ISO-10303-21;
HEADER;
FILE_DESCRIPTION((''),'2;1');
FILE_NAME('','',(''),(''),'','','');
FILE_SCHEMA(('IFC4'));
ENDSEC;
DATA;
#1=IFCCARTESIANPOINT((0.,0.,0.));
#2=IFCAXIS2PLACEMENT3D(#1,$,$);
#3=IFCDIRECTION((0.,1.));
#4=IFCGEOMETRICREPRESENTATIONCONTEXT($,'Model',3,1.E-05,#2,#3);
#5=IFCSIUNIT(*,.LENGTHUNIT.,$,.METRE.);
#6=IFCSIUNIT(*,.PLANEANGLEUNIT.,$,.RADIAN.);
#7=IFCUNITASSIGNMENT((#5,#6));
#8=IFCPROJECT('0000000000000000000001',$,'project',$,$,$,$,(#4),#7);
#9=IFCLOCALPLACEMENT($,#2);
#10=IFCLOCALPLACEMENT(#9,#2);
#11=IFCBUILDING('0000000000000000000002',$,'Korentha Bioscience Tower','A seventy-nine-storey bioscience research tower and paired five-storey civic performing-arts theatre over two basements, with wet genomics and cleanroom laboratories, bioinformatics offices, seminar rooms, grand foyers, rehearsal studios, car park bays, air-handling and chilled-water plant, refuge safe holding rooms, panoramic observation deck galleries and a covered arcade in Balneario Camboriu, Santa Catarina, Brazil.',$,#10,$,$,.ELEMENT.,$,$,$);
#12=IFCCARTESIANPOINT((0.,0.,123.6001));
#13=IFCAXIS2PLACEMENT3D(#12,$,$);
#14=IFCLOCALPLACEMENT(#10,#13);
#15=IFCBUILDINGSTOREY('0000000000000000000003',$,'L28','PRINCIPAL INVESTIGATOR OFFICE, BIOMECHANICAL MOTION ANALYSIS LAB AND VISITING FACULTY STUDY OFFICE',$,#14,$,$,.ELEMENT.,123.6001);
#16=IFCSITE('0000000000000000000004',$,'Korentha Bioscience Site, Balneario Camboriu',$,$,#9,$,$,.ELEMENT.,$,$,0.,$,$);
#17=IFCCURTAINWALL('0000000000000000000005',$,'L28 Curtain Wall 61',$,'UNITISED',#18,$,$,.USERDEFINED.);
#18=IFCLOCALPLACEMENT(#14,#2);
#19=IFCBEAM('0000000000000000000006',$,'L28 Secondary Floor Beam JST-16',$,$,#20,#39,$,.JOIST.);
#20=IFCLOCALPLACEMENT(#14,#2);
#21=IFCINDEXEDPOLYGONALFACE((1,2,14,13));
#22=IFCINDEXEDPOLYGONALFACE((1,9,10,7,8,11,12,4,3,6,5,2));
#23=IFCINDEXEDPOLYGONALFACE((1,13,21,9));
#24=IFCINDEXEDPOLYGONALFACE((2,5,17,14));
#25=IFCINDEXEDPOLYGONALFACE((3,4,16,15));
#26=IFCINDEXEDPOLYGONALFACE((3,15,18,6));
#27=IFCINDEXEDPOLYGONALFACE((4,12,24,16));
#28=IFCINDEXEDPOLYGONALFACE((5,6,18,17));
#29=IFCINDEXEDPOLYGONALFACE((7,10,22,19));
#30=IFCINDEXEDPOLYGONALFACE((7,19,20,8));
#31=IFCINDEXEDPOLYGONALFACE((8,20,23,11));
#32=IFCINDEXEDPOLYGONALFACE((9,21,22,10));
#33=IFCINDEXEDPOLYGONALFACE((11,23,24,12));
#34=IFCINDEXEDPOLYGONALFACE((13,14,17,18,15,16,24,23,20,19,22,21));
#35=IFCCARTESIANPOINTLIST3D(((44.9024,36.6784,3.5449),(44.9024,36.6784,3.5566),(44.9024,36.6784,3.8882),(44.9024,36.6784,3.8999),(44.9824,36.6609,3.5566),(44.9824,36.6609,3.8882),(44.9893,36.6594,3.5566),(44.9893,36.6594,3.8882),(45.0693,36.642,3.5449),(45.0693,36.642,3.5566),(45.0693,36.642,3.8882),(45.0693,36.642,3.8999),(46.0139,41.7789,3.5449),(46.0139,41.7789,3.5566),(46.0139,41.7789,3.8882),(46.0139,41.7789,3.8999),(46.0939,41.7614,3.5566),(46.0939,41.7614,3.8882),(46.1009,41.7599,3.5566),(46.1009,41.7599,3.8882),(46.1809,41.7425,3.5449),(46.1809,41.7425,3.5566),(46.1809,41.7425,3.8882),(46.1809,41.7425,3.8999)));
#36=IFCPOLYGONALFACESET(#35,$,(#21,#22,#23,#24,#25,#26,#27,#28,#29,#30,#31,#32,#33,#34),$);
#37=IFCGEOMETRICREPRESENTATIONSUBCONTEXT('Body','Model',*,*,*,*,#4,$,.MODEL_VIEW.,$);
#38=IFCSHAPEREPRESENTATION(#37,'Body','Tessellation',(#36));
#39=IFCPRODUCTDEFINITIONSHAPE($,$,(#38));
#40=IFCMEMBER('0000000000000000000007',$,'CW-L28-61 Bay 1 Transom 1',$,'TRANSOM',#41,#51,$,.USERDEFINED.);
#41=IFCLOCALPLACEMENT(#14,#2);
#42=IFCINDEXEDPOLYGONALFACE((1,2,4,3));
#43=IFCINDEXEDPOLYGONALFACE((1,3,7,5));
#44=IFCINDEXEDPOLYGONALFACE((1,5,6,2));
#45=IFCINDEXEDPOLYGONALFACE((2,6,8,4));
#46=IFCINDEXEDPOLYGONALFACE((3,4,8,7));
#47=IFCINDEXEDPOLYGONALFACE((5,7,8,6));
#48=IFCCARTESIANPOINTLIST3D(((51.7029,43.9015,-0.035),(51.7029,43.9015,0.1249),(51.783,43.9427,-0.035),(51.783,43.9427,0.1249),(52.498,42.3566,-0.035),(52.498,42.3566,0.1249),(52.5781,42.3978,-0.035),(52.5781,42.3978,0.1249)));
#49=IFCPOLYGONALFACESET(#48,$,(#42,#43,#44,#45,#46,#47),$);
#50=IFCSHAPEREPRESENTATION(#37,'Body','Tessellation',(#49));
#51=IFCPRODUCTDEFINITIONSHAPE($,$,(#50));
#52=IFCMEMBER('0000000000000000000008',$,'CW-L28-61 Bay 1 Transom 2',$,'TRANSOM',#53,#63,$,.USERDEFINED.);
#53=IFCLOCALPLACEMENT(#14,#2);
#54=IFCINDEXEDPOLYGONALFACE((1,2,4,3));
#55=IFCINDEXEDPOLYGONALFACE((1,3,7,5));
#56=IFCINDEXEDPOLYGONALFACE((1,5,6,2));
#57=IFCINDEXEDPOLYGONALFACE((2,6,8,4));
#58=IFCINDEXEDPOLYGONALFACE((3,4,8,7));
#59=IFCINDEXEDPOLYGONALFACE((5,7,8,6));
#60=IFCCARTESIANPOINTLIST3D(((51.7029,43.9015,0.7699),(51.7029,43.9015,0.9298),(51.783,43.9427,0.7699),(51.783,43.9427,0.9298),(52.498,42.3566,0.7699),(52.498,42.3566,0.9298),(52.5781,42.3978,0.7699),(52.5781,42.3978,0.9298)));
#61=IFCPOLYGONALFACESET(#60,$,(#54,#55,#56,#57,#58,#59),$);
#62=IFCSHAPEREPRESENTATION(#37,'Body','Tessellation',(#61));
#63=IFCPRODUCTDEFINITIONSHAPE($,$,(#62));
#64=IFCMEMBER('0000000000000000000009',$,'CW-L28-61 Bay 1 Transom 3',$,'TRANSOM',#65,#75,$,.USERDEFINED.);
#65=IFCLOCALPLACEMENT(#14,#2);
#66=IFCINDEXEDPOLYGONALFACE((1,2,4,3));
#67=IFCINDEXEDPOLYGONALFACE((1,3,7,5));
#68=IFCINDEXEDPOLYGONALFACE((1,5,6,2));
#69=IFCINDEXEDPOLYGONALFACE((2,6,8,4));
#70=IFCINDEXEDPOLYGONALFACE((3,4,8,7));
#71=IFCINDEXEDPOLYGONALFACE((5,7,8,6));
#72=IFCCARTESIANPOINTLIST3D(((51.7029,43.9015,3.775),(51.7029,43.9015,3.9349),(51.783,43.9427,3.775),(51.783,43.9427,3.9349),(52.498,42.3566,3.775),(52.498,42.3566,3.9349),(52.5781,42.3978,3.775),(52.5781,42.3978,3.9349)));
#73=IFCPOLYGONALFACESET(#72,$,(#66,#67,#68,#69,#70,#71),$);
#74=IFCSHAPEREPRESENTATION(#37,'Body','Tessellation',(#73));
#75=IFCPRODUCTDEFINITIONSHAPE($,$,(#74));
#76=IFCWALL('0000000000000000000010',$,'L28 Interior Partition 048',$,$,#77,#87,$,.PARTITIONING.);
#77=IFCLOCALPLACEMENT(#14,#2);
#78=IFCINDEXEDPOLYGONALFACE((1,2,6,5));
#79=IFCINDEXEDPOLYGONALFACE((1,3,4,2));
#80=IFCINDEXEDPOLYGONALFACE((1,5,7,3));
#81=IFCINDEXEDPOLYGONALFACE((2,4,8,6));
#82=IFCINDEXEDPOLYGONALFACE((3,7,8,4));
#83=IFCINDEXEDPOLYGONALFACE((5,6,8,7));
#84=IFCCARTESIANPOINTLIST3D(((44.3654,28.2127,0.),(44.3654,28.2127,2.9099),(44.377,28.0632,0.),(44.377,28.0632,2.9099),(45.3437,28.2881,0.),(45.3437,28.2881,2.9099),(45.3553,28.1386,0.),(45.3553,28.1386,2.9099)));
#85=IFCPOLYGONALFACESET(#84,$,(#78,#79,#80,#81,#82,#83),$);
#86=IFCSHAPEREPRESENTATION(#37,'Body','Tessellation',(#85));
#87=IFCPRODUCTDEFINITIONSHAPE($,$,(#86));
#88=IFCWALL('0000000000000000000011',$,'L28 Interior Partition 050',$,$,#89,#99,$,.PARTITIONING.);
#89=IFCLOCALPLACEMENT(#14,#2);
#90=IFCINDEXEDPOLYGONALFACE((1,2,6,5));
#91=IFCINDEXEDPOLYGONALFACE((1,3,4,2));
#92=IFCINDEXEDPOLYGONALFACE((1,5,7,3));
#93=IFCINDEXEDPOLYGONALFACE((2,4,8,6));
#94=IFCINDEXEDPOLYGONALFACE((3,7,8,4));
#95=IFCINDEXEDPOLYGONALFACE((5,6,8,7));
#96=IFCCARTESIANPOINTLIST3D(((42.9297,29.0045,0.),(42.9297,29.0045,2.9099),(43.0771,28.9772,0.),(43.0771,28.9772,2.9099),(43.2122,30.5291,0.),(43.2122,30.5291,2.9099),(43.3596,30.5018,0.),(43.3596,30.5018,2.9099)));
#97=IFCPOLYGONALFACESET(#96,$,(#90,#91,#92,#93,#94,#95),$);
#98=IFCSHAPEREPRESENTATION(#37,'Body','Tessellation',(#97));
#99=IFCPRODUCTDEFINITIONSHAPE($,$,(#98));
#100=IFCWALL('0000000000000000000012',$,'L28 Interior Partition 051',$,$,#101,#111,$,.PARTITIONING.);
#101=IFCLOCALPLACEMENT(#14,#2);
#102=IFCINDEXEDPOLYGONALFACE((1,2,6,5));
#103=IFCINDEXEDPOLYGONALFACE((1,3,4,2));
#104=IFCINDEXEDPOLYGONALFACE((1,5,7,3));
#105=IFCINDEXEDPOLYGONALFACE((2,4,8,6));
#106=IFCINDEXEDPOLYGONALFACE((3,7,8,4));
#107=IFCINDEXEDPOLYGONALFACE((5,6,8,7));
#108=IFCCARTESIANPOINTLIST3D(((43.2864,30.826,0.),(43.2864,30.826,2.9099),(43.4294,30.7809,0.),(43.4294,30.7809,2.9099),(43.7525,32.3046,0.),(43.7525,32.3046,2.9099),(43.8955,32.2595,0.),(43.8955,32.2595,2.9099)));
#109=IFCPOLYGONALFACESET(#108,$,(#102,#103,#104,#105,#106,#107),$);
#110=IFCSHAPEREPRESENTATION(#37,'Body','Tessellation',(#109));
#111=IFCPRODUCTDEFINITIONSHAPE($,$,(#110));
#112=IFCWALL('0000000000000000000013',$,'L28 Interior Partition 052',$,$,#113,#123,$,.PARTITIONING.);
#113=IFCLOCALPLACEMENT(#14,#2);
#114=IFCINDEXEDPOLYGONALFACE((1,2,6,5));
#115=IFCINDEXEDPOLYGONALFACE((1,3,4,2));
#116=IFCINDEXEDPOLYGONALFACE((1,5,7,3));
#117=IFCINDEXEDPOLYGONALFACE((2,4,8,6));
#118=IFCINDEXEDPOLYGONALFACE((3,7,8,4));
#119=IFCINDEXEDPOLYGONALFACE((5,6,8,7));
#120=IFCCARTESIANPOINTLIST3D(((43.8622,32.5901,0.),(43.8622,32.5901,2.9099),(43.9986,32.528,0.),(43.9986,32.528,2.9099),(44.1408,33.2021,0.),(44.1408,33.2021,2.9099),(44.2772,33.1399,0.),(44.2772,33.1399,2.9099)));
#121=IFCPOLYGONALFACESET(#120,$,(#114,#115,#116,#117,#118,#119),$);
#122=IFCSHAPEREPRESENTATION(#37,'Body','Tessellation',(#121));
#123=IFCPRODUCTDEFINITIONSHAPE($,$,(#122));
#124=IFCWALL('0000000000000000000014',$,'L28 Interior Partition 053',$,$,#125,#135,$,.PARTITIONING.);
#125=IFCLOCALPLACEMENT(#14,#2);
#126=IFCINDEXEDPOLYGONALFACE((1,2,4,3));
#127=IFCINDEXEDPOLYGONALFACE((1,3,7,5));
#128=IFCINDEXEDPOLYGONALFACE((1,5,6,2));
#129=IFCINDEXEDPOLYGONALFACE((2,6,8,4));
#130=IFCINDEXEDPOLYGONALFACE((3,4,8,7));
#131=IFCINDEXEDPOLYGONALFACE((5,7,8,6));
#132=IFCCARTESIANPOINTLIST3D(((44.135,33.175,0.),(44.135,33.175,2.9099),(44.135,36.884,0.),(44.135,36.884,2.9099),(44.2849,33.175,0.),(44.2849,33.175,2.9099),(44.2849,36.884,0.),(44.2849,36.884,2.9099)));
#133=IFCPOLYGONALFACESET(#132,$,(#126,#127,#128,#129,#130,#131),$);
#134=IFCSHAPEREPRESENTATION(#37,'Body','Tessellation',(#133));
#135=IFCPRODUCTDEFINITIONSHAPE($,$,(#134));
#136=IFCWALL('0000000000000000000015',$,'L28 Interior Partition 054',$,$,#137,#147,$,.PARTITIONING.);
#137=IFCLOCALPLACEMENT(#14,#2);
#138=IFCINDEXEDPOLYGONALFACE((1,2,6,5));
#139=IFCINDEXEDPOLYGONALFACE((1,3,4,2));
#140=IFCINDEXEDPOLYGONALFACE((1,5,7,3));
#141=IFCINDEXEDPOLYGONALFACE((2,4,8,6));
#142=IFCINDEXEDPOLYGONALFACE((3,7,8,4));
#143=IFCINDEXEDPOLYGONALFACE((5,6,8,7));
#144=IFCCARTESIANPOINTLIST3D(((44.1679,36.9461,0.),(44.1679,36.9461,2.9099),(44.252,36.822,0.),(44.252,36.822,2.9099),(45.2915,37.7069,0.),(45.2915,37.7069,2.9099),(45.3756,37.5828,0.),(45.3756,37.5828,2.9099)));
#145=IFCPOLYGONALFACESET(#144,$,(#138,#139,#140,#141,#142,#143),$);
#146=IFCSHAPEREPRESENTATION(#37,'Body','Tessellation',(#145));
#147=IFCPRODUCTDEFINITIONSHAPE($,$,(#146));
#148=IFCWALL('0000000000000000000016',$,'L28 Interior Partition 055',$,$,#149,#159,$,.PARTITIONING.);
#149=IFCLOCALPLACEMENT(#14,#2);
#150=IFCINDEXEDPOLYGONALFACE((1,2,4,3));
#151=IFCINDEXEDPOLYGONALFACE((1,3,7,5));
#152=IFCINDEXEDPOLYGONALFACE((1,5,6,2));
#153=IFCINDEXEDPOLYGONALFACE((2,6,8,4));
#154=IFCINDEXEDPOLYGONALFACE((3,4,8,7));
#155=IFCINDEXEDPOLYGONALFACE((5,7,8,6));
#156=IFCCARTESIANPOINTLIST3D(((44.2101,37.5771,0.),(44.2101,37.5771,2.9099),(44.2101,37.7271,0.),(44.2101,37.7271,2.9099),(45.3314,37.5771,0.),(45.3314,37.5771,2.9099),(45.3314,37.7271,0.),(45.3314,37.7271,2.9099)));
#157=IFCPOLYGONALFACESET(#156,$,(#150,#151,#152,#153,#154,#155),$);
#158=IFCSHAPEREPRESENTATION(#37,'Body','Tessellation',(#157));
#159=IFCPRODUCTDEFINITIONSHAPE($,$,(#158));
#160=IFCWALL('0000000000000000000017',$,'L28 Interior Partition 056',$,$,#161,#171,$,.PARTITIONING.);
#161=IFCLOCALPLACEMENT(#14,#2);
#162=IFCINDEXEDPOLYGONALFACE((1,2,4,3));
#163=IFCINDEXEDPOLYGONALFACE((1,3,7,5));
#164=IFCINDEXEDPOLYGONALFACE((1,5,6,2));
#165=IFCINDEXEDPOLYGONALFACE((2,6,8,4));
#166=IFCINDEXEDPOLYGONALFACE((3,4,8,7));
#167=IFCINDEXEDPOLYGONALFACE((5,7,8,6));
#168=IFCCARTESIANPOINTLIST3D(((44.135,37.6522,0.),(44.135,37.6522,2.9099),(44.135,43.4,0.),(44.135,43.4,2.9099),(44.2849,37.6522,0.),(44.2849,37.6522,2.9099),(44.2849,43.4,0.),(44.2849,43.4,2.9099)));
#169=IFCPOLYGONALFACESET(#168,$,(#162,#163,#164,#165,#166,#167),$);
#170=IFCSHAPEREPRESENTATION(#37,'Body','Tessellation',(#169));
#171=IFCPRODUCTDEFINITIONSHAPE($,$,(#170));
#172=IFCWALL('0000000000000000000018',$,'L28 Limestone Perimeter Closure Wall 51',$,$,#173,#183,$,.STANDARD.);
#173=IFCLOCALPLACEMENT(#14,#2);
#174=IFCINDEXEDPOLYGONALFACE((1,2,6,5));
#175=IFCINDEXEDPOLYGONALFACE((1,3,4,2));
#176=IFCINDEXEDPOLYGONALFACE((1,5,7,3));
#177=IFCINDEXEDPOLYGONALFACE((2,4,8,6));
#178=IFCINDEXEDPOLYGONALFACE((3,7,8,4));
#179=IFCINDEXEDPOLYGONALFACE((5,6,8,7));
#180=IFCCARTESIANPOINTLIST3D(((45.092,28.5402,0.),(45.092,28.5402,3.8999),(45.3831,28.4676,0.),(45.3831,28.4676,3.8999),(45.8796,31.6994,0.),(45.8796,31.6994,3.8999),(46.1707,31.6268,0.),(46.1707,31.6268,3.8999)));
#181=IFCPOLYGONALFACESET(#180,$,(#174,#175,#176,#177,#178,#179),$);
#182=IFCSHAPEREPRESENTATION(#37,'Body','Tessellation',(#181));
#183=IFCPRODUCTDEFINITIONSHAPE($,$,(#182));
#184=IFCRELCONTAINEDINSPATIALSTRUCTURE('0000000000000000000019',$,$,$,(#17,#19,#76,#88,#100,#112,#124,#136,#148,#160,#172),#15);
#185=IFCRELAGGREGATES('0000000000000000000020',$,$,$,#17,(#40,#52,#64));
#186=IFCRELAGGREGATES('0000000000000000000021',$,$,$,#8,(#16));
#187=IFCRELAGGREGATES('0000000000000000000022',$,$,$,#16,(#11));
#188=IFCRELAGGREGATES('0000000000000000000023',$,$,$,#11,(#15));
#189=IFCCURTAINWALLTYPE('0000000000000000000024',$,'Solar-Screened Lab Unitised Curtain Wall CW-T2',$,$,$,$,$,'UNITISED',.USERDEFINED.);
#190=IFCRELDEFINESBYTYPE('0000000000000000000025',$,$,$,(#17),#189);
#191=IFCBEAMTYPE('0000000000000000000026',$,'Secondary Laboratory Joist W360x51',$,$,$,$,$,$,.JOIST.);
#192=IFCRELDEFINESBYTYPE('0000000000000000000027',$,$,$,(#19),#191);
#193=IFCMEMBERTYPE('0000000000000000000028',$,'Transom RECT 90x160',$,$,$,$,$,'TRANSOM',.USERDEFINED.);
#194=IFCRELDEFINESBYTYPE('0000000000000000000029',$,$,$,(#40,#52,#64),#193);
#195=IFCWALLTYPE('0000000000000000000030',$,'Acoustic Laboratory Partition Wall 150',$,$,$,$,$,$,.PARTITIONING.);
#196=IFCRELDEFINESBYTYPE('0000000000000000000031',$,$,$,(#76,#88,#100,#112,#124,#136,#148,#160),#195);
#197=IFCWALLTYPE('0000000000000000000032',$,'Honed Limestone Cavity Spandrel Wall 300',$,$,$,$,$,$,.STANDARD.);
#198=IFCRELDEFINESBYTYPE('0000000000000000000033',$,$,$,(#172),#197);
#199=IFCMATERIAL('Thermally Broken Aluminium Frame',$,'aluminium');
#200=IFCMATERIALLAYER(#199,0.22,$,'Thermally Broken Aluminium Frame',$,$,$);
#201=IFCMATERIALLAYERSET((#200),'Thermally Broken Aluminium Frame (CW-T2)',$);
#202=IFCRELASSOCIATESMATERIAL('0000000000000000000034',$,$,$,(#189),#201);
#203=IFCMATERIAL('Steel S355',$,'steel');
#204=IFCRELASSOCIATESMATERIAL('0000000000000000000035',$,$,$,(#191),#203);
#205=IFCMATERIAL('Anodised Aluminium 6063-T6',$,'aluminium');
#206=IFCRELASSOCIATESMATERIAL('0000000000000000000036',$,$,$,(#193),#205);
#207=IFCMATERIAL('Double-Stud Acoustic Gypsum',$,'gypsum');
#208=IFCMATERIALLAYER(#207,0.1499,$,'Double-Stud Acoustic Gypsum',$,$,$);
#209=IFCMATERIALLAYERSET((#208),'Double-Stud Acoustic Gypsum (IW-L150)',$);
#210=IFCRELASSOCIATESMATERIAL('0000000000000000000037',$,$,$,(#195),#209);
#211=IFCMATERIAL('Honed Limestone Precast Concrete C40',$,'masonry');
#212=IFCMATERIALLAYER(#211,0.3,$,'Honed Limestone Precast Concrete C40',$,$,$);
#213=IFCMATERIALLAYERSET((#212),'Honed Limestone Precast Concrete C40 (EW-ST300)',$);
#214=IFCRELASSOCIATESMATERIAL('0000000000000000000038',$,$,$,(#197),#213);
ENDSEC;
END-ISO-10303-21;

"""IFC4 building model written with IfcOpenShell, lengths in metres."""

from ifc_helpers import new_model, si_unit, direction, frame, frame_2d, origin, origin_2d, place, context, subcontext, project, spatial, rectangle, i_section, extrude, material, layer, layer_set, material_profile, profile_set, type_object, element, aggregate, save


model = new_model("IFC4")

# Units and contexts
model_context = context("Model", 3, precision=1e-05, world=origin(), true_north=direction((0.0, 1.0)))
body_context = subcontext(model_context, "Body", "Model", "MODEL_VIEW")
ifc_project = project(units=[si_unit("LENGTHUNIT", "METRE"), si_unit("PLANEANGLEUNIT", "RADIAN")], contexts=[model_context])

# Site, building, storey
site_placement = place(None, origin())
site = spatial("IfcSite", under=ifc_project, at=site_placement, Name="Korentha Bioscience Site, Balneario Camboriu", CompositionType="ELEMENT", RefElevation=0.0)
building_placement = place(site_placement, origin())
building = spatial("IfcBuilding", under=site, at=building_placement, Name="Korentha Bioscience Tower", Description="A seventy-nine-storey bioscience research tower and paired five-storey civic performing-arts theatre over two basements, with wet genomics and cleanroom laboratories, bioinformatics offices, seminar rooms, grand foyers, rehearsal studios, car park bays, air-handling and chilled-water plant, refuge safe holding rooms, panoramic observation deck galleries and a covered arcade in Balneario Camboriu, Santa Catarina, Brazil.", CompositionType="ELEMENT")
storey_placement = place(building_placement, frame((0.0, 0.0, 123.6001)))
storey = spatial("IfcBuildingStorey", under=building, at=storey_placement, Name="L28", Description="PRINCIPAL INVESTIGATOR OFFICE, BIOMECHANICAL MOTION ANALYSIS LAB AND VISITING FACULTY STUDY OFFICE", CompositionType="ELEMENT", Elevation=123.6001)

# Shared definitions
ifc_material_1 = material(Name="Steel S355", Category="steel")

# Curtain wall
ifc_material_2 = material(Name="Thermally Broken Aluminium Frame", Category="aluminium")
ifc_layer_1 = layer(ifc_material_2, 0.22, Name="Thermally Broken Aluminium Frame")
ifc_layer_set_1 = layer_set([ifc_layer_1], Name="Thermally Broken Aluminium Frame (CW-T2)")
curtain_wall_type = type_object("IfcCurtainWallType", Name="Solar-Screened Lab Unitised Curtain Wall CW-T2", ElementType="UNITISED", PredefinedType="USERDEFINED", material=ifc_layer_set_1)
curtain_wall_placement = place(storey_placement, origin())
curtain_wall = element("IfcCurtainWall", 1, at=curtain_wall_placement, inside=storey, type_object=curtain_wall_type, Name="L28 Curtain Wall 61", ObjectType="UNITISED", PredefinedType="USERDEFINED")
ifc_material_3 = material(Name="Anodised Aluminium 6063-T6", Category="aluminium")

# Beam
ifc_material_profile_1 = material_profile(ifc_material_1, i_section(OverallWidth=0.1709, OverallDepth=0.355, WebThickness=0.0071, FlangeThickness=0.0117, at=origin_2d()), Name="Steel S355")
ifc_profile_set_1 = profile_set([ifc_material_profile_1], Name="Steel S355 (JB-360)")
beam_type_1 = type_object("IfcBeamType", Name="Secondary Laboratory Joist W360x51", PredefinedType="JOIST", material=ifc_profile_set_1)
beam_1_placement = place(storey_placement, frame((44.9858, 36.6602, 3.7224), z_axis=(0.212932, 0.977067, 0.0), x_axis=(-0.977067, 0.212932, 0.0)))
element("IfcBeam", 2, at=beam_1_placement, inside=storey, type_object=beam_type_1, Name="L28 Secondary Floor Beam JST-16", PredefinedType="JOIST", context=body_context, shape_type="SweptSolid", body=[
    extrude(i_section(OverallWidth=0.1709, OverallDepth=0.355, WebThickness=0.0071, FlangeThickness=0.0117, at=origin_2d()), origin(), (0.0, 0.0, 1.0), 5.2202),
])

# Members
ifc_material_profile_2 = material_profile(ifc_material_3, rectangle(XDim=0.0901, YDim=0.1599, at=origin_2d()), Name="Anodised Aluminium 6063-T6")
ifc_profile_set_2 = profile_set([ifc_material_profile_2], Name="Anodised Aluminium 6063-T6 (CW-TRN)")
member_type_1 = type_object("IfcMemberType", Name="Transom RECT 90x160", ElementType="TRANSOM", PredefinedType="USERDEFINED", material=ifc_profile_set_2)
member_1_placement = place(storey_placement, frame((52.5381, 42.3772, 0.0449), z_axis=(-0.457637, 0.889139, 0.0), x_axis=(-0.889139, -0.457637, 0.0)))
member_1 = element("IfcMember", 3, at=member_1_placement, type_object=member_type_1, Name="CW-L28-61 Bay 1 Transom 1", ObjectType="TRANSOM", PredefinedType="USERDEFINED", context=body_context, shape_type="SweptSolid", body=[
    extrude(rectangle(XDim=0.0901, YDim=0.1599, at=origin_2d()), origin(), (0.0, 0.0, 1.0), 1.7375),
])
member_2_placement = place(storey_placement, frame((52.5381, 42.3772, 0.8499), z_axis=(-0.457637, 0.889139, 0.0), x_axis=(-0.889139, -0.457637, 0.0)))
member_2 = element("IfcMember", 4, at=member_2_placement, type_object=member_type_1, Name="CW-L28-61 Bay 1 Transom 2", ObjectType="TRANSOM", PredefinedType="USERDEFINED", context=body_context, shape_type="SweptSolid", body=[
    extrude(rectangle(XDim=0.0901, YDim=0.1599, at=origin_2d()), origin(), (0.0, 0.0, 1.0), 1.7375),
])
member_3_placement = place(storey_placement, frame((52.5381, 42.3772, 3.855), z_axis=(-0.457637, 0.889139, 0.0), x_axis=(-0.889139, -0.457637, 0.0)))
member_3 = element("IfcMember", 5, at=member_3_placement, type_object=member_type_1, Name="CW-L28-61 Bay 1 Transom 3", ObjectType="TRANSOM", PredefinedType="USERDEFINED", context=body_context, shape_type="SweptSolid", body=[
    extrude(rectangle(XDim=0.0901, YDim=0.1599, at=origin_2d()), origin(), (0.0, 0.0, 1.0), 1.7375),
])
aggregate(curtain_wall, [member_1, member_2, member_3])

# Walls
ifc_material_4 = material(Name="Double-Stud Acoustic Gypsum", Category="gypsum")
ifc_layer_2 = layer(ifc_material_4, 0.1499, Name="Double-Stud Acoustic Gypsum")
ifc_layer_set_2 = layer_set([ifc_layer_2], Name="Double-Stud Acoustic Gypsum (IW-L150)")
wall_type_1 = type_object("IfcWallType", Name="Acoustic Laboratory Partition Wall 150", PredefinedType="PARTITIONING", material=ifc_layer_set_2)
wall_1_placement = place(storey_placement, frame((45.3496, 28.2134, 0.0), z_axis=(0.0, 0.0, 1.0), x_axis=(-0.99704, -0.076887, 0.0)))
element("IfcWall", 6, at=wall_1_placement, inside=storey, type_object=wall_type_1, Name="L28 Interior Partition 048", PredefinedType="PARTITIONING", context=body_context, shape_type="SweptSolid", body=[
    extrude(rectangle(XDim=0.9812, YDim=0.1499, at=frame_2d((0.4907, 0.0))), origin(), (0.0, 0.0, 1.0), 2.9099),
])
wall_2_placement = place(storey_placement, frame((43.0034, 28.9907, 0.0), z_axis=(0.0, 0.0, 1.0), x_axis=(0.182168, 0.983267, 0.0)))
element("IfcWall", 7, at=wall_2_placement, inside=storey, type_object=wall_type_1, Name="L28 Interior Partition 050", PredefinedType="PARTITIONING", context=body_context, shape_type="SweptSolid", body=[
    extrude(rectangle(XDim=1.5505, YDim=0.1499, at=frame_2d((0.7754, 0.0))), origin(), (0.0, 0.0, 1.0), 2.9099),
])
wall_3_placement = place(storey_placement, frame((43.3579, 30.8035, 0.0), z_axis=(0.0, 0.0, 1.0), x_axis=(0.300641, 0.953737, 0.0)))
element("IfcWall", 8, at=wall_3_placement, inside=storey, type_object=wall_type_1, Name="L28 Interior Partition 051", PredefinedType="PARTITIONING", context=body_context, shape_type="SweptSolid", body=[
    extrude(rectangle(XDim=1.5503, YDim=0.1499, at=frame_2d((0.7751, 0.0))), origin(), (0.0, 0.0, 1.0), 2.9099),
])
wall_4_placement = place(storey_placement, frame((43.9304, 32.5591, 0.0), z_axis=(0.0, 0.0, 1.0), x_axis=(0.414377, 0.910105, 0.0)))
element("IfcWall", 9, at=wall_4_placement, inside=storey, type_object=wall_type_1, Name="L28 Interior Partition 052", PredefinedType="PARTITIONING", context=body_context, shape_type="SweptSolid", body=[
    extrude(rectangle(XDim=0.6724, YDim=0.1499, at=frame_2d((0.3362, 0.0))), origin(), (0.0, 0.0, 1.0), 2.9099),
])
wall_5_placement = place(storey_placement, frame((44.21, 33.175, 0.0), z_axis=(0.0, 0.0, 1.0), x_axis=(0.0, 1.0, 0.0)))
element("IfcWall", 10, at=wall_5_placement, inside=storey, type_object=wall_type_1, Name="L28 Interior Partition 053", PredefinedType="PARTITIONING", context=body_context, shape_type="SweptSolid", body=[
    extrude(rectangle(XDim=3.709, YDim=0.1499, at=frame_2d((1.8545, 0.0))), origin(), (0.0, 0.0, 1.0), 2.9099),
])
wall_6_placement = place(storey_placement, frame((44.21, 36.884, 0.0), z_axis=(0.0, 0.0, 1.0), x_axis=(0.828043, 0.560665, 0.0)))
element("IfcWall", 11, at=wall_6_placement, inside=storey, type_object=wall_type_1, Name="L28 Interior Partition 054", PredefinedType="PARTITIONING", context=body_context, shape_type="SweptSolid", body=[
    extrude(rectangle(XDim=1.3569, YDim=0.1499, at=frame_2d((0.6785, 0.0))), origin(), (0.0, 0.0, 1.0), 2.9099),
])
wall_7_placement = place(storey_placement, frame((45.3313, 37.6521, 0.0), z_axis=(0.0, 0.0, 1.0), x_axis=(-1.0, 0.0, 0.0)))
element("IfcWall", 12, at=wall_7_placement, inside=storey, type_object=wall_type_1, Name="L28 Interior Partition 055", PredefinedType="PARTITIONING", context=body_context, shape_type="SweptSolid", body=[
    extrude(rectangle(XDim=1.1213, YDim=0.1499, at=frame_2d((0.5605, 0.0))), origin(), (0.0, 0.0, 1.0), 2.9099),
])
wall_8_placement = place(storey_placement, frame((44.21, 37.6521, 0.0), z_axis=(0.0, 0.0, 1.0), x_axis=(0.0, 1.0, 0.0)))
element("IfcWall", 13, at=wall_8_placement, inside=storey, type_object=wall_type_1, Name="L28 Interior Partition 056", PredefinedType="PARTITIONING", context=body_context, shape_type="SweptSolid", body=[
    extrude(rectangle(XDim=5.7478, YDim=0.1499, at=frame_2d((2.874, 0.0))), origin(), (0.0, 0.0, 1.0), 2.9099),
])
ifc_material_5 = material(Name="Honed Limestone Precast Concrete C40", Category="masonry")
ifc_layer_3 = layer(ifc_material_5, 0.3, Name="Honed Limestone Precast Concrete C40")
ifc_layer_set_3 = layer_set([ifc_layer_3], Name="Honed Limestone Precast Concrete C40 (EW-ST300)")
wall_type_2 = type_object("IfcWallType", Name="Honed Limestone Cavity Spandrel Wall 300", PredefinedType="STANDARD", material=ifc_layer_set_3)
wall_9_placement = place(storey_placement, frame((45.2375, 28.5039, 0.0), z_axis=(0.0, 0.0, 1.0), x_axis=(0.2419, 0.970301, 0.0)))
element("IfcWall", 14, at=wall_9_placement, inside=storey, type_object=wall_type_2, Name="L28 Limestone Perimeter Closure Wall 51", PredefinedType="STANDARD", context=body_context, shape_type="SweptSolid", body=[
    extrude(rectangle(XDim=3.2559, YDim=0.3, at=frame_2d((1.6279, 0.0))), origin(), (0.0, 0.0, 1.0), 3.8999),
])

save(model, "model.ifc")
